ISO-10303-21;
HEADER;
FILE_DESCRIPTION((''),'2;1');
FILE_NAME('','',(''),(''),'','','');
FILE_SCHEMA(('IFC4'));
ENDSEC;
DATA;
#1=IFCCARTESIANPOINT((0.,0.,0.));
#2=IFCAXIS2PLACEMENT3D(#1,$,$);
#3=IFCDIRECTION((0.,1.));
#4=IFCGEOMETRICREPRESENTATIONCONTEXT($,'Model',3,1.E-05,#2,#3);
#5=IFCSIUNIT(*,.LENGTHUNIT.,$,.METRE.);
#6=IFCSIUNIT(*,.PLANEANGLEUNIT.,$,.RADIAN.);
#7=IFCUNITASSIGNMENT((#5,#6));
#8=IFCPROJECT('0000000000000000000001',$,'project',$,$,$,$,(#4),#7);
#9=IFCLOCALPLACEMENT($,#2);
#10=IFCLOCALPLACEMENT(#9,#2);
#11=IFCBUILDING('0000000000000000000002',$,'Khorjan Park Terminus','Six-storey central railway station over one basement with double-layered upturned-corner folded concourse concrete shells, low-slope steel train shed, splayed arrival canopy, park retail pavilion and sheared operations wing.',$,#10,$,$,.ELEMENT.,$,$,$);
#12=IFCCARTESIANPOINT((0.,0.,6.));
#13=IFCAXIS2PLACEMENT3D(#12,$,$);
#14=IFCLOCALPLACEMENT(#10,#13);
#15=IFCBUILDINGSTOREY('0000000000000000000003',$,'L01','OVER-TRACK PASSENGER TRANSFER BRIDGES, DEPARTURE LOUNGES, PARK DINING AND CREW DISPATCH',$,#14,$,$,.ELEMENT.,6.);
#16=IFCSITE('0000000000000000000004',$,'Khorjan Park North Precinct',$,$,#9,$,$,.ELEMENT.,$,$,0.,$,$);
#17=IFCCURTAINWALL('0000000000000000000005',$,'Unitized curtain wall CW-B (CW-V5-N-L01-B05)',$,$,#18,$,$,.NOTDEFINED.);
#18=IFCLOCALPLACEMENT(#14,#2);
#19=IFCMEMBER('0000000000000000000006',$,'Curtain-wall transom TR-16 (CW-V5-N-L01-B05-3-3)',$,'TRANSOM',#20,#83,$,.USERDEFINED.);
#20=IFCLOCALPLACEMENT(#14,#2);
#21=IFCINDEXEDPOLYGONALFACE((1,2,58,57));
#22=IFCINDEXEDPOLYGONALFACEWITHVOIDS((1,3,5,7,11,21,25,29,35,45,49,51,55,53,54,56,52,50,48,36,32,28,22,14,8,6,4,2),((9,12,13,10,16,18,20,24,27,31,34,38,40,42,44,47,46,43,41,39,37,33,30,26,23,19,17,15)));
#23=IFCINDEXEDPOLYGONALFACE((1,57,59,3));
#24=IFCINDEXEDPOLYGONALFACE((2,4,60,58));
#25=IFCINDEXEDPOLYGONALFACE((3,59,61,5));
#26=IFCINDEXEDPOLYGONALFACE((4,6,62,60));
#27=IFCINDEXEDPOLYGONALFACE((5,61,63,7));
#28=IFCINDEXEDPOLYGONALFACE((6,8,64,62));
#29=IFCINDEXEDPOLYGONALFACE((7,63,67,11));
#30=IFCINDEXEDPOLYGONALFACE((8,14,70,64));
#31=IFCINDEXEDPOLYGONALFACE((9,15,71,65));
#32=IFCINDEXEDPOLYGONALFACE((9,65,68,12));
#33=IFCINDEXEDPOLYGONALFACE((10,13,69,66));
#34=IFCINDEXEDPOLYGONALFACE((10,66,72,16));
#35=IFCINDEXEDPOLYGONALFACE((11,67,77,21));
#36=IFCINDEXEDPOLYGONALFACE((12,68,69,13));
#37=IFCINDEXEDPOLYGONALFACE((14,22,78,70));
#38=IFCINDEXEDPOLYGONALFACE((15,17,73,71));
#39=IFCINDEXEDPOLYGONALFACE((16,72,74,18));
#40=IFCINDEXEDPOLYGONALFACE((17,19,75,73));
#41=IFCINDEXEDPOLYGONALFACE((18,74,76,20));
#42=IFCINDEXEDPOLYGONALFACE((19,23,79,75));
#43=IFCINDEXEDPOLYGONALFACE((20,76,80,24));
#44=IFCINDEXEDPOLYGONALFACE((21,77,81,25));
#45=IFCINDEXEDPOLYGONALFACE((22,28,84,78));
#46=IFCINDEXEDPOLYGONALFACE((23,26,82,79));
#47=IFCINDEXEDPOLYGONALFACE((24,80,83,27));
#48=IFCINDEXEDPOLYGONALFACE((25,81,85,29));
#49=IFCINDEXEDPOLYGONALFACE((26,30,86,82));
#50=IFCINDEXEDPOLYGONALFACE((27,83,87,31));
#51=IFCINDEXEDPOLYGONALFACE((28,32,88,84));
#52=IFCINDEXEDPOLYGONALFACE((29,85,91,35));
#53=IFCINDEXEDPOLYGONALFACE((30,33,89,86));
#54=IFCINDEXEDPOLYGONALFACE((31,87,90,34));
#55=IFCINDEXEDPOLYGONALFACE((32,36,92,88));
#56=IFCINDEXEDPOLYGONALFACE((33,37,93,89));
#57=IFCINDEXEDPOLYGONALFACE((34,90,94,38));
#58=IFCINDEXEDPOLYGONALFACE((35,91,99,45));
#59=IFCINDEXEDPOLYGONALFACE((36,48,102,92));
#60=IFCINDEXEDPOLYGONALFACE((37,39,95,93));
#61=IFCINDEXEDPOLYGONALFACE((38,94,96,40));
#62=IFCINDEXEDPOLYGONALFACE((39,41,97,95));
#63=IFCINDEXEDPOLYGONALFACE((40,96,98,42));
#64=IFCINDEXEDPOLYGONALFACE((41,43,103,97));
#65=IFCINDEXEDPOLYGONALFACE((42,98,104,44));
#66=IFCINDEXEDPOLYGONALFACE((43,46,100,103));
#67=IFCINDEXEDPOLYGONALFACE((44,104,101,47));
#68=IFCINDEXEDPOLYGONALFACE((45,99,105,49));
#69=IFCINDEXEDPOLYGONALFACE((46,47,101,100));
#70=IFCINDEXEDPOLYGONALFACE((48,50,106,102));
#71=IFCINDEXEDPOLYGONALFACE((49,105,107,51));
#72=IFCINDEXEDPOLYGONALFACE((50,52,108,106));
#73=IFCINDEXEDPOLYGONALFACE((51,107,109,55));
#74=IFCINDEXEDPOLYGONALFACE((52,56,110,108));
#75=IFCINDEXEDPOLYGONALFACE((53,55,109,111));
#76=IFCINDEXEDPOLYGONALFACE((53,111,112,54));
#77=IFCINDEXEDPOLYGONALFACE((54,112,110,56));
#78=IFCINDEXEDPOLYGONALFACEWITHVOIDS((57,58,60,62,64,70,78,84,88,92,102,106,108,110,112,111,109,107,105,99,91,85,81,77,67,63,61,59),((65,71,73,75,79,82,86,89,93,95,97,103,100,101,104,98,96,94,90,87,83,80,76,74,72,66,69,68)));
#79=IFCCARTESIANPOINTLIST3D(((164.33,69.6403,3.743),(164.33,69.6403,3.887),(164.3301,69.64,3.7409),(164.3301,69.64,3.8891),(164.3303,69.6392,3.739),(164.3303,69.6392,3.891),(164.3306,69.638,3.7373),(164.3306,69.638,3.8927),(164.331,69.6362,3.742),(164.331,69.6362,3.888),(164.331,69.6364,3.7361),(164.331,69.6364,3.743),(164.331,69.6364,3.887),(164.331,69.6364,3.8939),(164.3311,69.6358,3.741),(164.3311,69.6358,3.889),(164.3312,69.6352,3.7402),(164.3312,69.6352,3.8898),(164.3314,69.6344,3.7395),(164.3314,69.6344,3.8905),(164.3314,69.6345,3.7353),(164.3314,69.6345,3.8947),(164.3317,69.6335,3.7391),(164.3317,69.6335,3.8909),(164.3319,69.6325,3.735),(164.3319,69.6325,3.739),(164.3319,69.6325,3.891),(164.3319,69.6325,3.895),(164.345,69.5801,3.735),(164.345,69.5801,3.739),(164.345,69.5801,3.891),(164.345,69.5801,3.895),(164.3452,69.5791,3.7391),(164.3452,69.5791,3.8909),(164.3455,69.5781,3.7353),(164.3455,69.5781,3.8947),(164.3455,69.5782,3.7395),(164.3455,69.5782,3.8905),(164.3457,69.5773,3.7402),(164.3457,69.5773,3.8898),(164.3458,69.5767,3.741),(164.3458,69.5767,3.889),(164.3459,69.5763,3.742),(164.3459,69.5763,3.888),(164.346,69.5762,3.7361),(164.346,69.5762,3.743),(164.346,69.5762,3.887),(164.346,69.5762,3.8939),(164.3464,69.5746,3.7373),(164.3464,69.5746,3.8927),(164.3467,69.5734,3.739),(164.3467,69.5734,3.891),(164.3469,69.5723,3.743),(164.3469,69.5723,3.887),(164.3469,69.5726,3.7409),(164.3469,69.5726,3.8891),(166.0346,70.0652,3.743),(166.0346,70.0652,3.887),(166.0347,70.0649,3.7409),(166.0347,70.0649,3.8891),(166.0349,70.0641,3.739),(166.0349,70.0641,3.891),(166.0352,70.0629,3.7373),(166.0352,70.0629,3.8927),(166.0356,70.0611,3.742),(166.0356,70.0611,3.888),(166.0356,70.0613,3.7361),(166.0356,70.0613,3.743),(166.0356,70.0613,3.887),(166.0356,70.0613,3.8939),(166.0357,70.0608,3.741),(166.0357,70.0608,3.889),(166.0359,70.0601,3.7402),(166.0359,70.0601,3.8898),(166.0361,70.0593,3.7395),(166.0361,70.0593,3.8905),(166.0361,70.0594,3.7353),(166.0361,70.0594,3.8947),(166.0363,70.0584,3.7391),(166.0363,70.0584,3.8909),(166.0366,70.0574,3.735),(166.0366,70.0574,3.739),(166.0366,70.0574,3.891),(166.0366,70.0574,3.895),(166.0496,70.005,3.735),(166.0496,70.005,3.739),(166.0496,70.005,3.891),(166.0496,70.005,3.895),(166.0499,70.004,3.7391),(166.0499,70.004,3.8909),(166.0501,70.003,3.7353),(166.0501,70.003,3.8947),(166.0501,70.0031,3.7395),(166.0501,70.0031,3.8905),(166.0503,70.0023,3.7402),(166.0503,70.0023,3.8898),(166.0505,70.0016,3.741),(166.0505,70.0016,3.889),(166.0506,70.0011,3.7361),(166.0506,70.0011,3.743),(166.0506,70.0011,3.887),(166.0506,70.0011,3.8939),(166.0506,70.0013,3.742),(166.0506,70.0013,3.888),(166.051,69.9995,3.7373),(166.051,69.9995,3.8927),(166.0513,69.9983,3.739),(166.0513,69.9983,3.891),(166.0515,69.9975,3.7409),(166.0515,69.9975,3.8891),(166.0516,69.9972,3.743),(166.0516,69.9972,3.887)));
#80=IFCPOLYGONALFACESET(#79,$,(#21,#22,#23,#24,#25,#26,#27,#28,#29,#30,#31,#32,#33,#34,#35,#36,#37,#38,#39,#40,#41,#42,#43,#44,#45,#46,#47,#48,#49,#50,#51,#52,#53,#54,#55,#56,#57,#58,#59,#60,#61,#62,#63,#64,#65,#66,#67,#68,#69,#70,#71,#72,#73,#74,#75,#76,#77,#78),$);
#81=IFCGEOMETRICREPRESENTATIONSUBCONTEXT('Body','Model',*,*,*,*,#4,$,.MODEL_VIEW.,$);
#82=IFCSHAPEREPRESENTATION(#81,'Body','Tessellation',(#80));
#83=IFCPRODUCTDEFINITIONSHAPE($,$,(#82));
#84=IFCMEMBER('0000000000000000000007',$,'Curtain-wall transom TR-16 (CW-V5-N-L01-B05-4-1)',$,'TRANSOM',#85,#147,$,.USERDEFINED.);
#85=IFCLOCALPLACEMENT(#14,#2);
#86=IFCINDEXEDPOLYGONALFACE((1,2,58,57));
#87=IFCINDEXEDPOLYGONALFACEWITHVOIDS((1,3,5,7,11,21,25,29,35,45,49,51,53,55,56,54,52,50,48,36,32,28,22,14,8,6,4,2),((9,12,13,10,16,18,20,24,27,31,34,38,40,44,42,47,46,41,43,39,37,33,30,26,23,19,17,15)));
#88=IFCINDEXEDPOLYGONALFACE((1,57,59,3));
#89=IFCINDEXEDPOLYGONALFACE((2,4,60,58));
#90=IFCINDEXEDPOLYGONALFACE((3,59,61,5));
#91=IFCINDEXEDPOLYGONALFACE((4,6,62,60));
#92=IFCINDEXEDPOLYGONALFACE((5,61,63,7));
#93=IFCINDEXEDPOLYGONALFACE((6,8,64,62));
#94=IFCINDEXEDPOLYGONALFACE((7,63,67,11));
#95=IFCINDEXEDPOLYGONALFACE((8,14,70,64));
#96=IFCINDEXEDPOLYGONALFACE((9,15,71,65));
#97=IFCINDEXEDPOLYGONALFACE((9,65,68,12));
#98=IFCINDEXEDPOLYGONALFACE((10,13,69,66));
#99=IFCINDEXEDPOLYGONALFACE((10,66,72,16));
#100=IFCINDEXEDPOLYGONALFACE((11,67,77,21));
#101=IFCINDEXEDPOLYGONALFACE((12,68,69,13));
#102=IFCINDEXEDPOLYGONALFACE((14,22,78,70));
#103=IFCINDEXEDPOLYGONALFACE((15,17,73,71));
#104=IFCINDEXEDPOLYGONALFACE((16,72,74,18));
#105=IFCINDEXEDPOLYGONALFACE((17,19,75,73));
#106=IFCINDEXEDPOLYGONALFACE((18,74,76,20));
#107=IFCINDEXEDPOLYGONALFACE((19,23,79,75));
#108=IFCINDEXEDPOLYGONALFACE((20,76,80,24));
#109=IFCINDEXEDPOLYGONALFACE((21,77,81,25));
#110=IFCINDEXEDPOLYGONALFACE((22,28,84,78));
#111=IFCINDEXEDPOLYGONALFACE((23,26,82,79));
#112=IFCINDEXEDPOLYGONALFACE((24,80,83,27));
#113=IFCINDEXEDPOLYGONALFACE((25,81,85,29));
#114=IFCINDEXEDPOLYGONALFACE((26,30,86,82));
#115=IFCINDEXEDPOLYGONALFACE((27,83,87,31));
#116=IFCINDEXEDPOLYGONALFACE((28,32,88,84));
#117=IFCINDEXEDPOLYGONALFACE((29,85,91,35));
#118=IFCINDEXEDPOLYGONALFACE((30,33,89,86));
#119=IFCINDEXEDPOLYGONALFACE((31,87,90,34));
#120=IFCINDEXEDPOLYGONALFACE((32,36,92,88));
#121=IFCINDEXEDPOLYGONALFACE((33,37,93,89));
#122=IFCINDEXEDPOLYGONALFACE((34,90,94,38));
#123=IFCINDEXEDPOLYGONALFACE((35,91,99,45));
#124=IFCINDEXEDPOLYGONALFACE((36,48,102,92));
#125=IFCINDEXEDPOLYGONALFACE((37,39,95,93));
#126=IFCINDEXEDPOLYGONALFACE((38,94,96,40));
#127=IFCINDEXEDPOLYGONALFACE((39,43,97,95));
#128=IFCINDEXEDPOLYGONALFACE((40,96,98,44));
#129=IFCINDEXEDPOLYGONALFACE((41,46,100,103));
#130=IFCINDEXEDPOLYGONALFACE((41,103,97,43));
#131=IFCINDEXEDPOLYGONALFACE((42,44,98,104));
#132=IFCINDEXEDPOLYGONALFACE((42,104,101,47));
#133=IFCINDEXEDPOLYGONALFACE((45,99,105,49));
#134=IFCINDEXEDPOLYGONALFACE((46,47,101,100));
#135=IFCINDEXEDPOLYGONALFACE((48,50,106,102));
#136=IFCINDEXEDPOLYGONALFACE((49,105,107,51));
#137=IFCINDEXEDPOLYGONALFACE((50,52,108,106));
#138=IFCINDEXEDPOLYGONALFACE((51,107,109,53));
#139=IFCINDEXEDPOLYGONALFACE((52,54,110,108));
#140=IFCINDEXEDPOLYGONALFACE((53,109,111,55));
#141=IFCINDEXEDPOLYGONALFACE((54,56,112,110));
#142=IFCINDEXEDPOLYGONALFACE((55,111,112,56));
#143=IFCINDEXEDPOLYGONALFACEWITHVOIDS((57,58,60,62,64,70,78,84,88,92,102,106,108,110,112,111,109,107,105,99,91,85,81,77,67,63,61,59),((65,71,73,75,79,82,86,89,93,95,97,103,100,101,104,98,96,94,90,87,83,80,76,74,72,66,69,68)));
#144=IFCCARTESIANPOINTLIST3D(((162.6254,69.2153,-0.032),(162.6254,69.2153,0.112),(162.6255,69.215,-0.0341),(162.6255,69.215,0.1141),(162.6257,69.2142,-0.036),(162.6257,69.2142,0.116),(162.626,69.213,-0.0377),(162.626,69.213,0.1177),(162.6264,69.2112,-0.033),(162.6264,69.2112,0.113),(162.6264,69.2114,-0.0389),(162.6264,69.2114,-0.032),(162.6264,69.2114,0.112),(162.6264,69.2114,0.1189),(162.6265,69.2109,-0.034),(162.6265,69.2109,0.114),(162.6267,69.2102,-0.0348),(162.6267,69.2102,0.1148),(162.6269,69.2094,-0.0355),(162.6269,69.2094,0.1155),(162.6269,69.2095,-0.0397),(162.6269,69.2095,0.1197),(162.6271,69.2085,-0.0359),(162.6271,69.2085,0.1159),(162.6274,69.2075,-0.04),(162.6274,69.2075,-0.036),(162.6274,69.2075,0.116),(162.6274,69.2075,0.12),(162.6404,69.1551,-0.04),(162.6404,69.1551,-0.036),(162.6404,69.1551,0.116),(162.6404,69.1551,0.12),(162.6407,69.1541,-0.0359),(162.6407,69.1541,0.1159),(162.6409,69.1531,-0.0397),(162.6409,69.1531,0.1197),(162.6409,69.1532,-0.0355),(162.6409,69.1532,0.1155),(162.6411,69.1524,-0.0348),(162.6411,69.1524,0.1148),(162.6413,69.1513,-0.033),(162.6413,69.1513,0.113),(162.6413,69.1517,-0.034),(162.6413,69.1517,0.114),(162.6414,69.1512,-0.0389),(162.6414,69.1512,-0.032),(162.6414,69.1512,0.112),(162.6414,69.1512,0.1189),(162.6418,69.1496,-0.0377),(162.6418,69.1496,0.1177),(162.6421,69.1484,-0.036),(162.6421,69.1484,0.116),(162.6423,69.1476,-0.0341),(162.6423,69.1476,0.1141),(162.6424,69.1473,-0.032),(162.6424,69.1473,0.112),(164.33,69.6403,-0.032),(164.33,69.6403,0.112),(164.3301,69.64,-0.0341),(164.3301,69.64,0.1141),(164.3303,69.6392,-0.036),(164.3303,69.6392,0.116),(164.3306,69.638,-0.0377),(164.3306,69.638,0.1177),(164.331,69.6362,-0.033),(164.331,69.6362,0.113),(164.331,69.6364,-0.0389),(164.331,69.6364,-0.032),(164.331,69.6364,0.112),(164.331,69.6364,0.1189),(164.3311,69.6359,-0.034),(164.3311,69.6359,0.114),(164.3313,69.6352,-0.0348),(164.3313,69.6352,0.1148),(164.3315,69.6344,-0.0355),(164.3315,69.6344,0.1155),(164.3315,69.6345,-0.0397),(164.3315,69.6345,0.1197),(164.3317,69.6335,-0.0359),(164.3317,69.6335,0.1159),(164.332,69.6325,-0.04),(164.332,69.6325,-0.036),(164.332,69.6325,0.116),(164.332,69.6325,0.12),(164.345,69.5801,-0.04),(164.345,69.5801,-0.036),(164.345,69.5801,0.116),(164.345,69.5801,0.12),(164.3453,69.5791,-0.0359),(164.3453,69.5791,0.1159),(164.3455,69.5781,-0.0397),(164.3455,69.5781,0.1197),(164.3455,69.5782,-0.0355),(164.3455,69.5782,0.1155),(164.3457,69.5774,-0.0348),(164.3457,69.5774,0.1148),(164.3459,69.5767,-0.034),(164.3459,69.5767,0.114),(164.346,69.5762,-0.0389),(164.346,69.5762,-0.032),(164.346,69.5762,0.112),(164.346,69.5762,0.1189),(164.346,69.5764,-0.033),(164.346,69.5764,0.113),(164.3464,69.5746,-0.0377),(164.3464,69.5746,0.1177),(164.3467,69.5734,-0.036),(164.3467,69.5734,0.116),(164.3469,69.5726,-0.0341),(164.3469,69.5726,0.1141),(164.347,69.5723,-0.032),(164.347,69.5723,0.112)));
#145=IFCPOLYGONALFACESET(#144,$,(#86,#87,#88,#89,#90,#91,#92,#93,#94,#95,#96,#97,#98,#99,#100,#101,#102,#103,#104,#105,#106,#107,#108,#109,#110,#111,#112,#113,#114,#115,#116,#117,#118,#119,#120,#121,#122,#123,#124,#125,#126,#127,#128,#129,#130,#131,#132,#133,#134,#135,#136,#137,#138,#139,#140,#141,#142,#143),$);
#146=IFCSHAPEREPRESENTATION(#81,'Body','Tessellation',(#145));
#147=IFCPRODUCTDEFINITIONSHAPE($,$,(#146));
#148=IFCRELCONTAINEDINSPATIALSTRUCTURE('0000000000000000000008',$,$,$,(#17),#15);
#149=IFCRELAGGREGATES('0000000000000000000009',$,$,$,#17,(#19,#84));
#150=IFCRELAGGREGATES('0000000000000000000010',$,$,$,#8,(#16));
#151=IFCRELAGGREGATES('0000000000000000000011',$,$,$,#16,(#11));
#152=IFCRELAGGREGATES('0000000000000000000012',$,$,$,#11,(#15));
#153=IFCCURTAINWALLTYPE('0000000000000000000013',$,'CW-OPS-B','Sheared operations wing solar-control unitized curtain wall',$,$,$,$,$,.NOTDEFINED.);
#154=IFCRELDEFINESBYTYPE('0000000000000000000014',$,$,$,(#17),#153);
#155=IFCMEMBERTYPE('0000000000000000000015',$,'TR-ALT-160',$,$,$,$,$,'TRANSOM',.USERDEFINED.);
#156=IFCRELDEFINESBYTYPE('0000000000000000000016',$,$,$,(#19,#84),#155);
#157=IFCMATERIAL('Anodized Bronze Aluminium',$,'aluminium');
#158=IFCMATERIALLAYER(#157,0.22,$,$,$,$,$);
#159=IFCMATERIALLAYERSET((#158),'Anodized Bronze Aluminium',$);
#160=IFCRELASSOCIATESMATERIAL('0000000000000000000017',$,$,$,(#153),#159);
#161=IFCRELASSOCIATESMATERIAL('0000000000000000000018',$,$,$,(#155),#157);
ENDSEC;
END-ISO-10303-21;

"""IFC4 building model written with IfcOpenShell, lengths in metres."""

from ifc_helpers import new_model, si_unit, direction, frame, origin, origin_2d, place, context, subcontext, project, spatial, hollow_rectangle, extrude, material, layer, layer_set, material_profile, profile_set, type_object, element, aggregate, save


model = new_model("IFC4")

# Units and contexts
model_context = context("Model", 3, precision=1e-05, world=origin(), true_north=direction((0.0, 1.0)))
body_context = subcontext(model_context, "Body", "Model", "MODEL_VIEW")
ifc_project = project(units=[si_unit("LENGTHUNIT", "METRE"), si_unit("PLANEANGLEUNIT", "RADIAN")], contexts=[model_context])

# Site, building, storey
site_placement = place(None, origin())
site = spatial("IfcSite", under=ifc_project, at=site_placement, Name="Khorjan Park North Precinct", CompositionType="ELEMENT", RefElevation=0.0)
building_placement = place(site_placement, origin())
building = spatial("IfcBuilding", under=site, at=building_placement, Name="Khorjan Park Terminus", Description="Six-storey central railway station over one basement with double-layered upturned-corner folded concourse concrete shells, low-slope steel train shed, splayed arrival canopy, park retail pavilion and sheared operations wing.", CompositionType="ELEMENT")
storey_placement = place(building_placement, frame((0.0, 0.0, 6.0)))
storey = spatial("IfcBuildingStorey", under=building, at=storey_placement, Name="L01", Description="OVER-TRACK PASSENGER TRANSFER BRIDGES, DEPARTURE LOUNGES, PARK DINING AND CREW DISPATCH", CompositionType="ELEMENT", Elevation=6.0)

# Curtain wall, members
ifc_material_1 = material(Name="Anodized Bronze Aluminium", Category="aluminium")
ifc_layer_1 = layer(ifc_material_1, 0.22)
ifc_layer_set_1 = layer_set([ifc_layer_1], Name="Anodized Bronze Aluminium")
curtain_wall_type = type_object("IfcCurtainWallType", Name="CW-OPS-B", Description="Sheared operations wing solar-control unitized curtain wall", PredefinedType="NOTDEFINED", material=ifc_layer_set_1)
curtain_wall_placement = place(storey_placement, origin())
curtain_wall = element("IfcCurtainWall", 1, at=curtain_wall_placement, inside=storey, type_object=curtain_wall_type, Name="Unitized curtain wall CW-B (CW-V5-N-L01-B05)", PredefinedType="NOTDEFINED")
ifc_material_profile_1 = material_profile(ifc_material_1, hollow_rectangle(XDim=0.07, YDim=0.16, WallThickness=0.004, InnerFilletRadius=0.004, OuterFilletRadius=0.008, at=origin_2d()), Name="ALT 70x160x4")
ifc_profile_set_1 = profile_set([ifc_material_profile_1], Name="Anodized Bronze Aluminium")
member_type_1 = type_object("IfcMemberType", Name="TR-ALT-160", ElementType="TRANSOM", PredefinedType="USERDEFINED", material=ifc_profile_set_1)
member_1_placement = place(storey_placement, frame((166.0431, 70.0312, 3.815), z_axis=(-0.97031, -0.241866, 0.0), x_axis=(0.241866, -0.97031, 0.0)))
member_1 = element("IfcMember", 2, at=member_1_placement, type_object=member_type_1, Name="Curtain-wall transom TR-16 (CW-V5-N-L01-B05-3-3)", ObjectType="TRANSOM", PredefinedType="USERDEFINED", context=body_context, shape_type="SweptSolid", body=[
    extrude(hollow_rectangle(XDim=0.07, YDim=0.16, WallThickness=0.004, InnerFilletRadius=0.004, OuterFilletRadius=0.008, at=origin_2d()), origin(), (0.0, 0.0, 1.0), 1.7568),
])
member_2_placement = place(storey_placement, frame((164.3385, 69.6063, 0.04), z_axis=(-0.970296, -0.241919, 0.0), x_axis=(0.241919, -0.970296, 0.0)))
member_2 = element("IfcMember", 3, at=member_2_placement, type_object=member_type_1, Name="Curtain-wall transom TR-16 (CW-V5-N-L01-B05-4-1)", ObjectType="TRANSOM", PredefinedType="USERDEFINED", context=body_context, shape_type="SweptSolid", body=[
    extrude(hollow_rectangle(XDim=0.07, YDim=0.16, WallThickness=0.004, InnerFilletRadius=0.004, OuterFilletRadius=0.008, at=origin_2d()), origin(), (0.0, 0.0, 1.0), 1.7568),
])
aggregate(curtain_wall, [member_1, member_2])

save(model, "model.ifc")
